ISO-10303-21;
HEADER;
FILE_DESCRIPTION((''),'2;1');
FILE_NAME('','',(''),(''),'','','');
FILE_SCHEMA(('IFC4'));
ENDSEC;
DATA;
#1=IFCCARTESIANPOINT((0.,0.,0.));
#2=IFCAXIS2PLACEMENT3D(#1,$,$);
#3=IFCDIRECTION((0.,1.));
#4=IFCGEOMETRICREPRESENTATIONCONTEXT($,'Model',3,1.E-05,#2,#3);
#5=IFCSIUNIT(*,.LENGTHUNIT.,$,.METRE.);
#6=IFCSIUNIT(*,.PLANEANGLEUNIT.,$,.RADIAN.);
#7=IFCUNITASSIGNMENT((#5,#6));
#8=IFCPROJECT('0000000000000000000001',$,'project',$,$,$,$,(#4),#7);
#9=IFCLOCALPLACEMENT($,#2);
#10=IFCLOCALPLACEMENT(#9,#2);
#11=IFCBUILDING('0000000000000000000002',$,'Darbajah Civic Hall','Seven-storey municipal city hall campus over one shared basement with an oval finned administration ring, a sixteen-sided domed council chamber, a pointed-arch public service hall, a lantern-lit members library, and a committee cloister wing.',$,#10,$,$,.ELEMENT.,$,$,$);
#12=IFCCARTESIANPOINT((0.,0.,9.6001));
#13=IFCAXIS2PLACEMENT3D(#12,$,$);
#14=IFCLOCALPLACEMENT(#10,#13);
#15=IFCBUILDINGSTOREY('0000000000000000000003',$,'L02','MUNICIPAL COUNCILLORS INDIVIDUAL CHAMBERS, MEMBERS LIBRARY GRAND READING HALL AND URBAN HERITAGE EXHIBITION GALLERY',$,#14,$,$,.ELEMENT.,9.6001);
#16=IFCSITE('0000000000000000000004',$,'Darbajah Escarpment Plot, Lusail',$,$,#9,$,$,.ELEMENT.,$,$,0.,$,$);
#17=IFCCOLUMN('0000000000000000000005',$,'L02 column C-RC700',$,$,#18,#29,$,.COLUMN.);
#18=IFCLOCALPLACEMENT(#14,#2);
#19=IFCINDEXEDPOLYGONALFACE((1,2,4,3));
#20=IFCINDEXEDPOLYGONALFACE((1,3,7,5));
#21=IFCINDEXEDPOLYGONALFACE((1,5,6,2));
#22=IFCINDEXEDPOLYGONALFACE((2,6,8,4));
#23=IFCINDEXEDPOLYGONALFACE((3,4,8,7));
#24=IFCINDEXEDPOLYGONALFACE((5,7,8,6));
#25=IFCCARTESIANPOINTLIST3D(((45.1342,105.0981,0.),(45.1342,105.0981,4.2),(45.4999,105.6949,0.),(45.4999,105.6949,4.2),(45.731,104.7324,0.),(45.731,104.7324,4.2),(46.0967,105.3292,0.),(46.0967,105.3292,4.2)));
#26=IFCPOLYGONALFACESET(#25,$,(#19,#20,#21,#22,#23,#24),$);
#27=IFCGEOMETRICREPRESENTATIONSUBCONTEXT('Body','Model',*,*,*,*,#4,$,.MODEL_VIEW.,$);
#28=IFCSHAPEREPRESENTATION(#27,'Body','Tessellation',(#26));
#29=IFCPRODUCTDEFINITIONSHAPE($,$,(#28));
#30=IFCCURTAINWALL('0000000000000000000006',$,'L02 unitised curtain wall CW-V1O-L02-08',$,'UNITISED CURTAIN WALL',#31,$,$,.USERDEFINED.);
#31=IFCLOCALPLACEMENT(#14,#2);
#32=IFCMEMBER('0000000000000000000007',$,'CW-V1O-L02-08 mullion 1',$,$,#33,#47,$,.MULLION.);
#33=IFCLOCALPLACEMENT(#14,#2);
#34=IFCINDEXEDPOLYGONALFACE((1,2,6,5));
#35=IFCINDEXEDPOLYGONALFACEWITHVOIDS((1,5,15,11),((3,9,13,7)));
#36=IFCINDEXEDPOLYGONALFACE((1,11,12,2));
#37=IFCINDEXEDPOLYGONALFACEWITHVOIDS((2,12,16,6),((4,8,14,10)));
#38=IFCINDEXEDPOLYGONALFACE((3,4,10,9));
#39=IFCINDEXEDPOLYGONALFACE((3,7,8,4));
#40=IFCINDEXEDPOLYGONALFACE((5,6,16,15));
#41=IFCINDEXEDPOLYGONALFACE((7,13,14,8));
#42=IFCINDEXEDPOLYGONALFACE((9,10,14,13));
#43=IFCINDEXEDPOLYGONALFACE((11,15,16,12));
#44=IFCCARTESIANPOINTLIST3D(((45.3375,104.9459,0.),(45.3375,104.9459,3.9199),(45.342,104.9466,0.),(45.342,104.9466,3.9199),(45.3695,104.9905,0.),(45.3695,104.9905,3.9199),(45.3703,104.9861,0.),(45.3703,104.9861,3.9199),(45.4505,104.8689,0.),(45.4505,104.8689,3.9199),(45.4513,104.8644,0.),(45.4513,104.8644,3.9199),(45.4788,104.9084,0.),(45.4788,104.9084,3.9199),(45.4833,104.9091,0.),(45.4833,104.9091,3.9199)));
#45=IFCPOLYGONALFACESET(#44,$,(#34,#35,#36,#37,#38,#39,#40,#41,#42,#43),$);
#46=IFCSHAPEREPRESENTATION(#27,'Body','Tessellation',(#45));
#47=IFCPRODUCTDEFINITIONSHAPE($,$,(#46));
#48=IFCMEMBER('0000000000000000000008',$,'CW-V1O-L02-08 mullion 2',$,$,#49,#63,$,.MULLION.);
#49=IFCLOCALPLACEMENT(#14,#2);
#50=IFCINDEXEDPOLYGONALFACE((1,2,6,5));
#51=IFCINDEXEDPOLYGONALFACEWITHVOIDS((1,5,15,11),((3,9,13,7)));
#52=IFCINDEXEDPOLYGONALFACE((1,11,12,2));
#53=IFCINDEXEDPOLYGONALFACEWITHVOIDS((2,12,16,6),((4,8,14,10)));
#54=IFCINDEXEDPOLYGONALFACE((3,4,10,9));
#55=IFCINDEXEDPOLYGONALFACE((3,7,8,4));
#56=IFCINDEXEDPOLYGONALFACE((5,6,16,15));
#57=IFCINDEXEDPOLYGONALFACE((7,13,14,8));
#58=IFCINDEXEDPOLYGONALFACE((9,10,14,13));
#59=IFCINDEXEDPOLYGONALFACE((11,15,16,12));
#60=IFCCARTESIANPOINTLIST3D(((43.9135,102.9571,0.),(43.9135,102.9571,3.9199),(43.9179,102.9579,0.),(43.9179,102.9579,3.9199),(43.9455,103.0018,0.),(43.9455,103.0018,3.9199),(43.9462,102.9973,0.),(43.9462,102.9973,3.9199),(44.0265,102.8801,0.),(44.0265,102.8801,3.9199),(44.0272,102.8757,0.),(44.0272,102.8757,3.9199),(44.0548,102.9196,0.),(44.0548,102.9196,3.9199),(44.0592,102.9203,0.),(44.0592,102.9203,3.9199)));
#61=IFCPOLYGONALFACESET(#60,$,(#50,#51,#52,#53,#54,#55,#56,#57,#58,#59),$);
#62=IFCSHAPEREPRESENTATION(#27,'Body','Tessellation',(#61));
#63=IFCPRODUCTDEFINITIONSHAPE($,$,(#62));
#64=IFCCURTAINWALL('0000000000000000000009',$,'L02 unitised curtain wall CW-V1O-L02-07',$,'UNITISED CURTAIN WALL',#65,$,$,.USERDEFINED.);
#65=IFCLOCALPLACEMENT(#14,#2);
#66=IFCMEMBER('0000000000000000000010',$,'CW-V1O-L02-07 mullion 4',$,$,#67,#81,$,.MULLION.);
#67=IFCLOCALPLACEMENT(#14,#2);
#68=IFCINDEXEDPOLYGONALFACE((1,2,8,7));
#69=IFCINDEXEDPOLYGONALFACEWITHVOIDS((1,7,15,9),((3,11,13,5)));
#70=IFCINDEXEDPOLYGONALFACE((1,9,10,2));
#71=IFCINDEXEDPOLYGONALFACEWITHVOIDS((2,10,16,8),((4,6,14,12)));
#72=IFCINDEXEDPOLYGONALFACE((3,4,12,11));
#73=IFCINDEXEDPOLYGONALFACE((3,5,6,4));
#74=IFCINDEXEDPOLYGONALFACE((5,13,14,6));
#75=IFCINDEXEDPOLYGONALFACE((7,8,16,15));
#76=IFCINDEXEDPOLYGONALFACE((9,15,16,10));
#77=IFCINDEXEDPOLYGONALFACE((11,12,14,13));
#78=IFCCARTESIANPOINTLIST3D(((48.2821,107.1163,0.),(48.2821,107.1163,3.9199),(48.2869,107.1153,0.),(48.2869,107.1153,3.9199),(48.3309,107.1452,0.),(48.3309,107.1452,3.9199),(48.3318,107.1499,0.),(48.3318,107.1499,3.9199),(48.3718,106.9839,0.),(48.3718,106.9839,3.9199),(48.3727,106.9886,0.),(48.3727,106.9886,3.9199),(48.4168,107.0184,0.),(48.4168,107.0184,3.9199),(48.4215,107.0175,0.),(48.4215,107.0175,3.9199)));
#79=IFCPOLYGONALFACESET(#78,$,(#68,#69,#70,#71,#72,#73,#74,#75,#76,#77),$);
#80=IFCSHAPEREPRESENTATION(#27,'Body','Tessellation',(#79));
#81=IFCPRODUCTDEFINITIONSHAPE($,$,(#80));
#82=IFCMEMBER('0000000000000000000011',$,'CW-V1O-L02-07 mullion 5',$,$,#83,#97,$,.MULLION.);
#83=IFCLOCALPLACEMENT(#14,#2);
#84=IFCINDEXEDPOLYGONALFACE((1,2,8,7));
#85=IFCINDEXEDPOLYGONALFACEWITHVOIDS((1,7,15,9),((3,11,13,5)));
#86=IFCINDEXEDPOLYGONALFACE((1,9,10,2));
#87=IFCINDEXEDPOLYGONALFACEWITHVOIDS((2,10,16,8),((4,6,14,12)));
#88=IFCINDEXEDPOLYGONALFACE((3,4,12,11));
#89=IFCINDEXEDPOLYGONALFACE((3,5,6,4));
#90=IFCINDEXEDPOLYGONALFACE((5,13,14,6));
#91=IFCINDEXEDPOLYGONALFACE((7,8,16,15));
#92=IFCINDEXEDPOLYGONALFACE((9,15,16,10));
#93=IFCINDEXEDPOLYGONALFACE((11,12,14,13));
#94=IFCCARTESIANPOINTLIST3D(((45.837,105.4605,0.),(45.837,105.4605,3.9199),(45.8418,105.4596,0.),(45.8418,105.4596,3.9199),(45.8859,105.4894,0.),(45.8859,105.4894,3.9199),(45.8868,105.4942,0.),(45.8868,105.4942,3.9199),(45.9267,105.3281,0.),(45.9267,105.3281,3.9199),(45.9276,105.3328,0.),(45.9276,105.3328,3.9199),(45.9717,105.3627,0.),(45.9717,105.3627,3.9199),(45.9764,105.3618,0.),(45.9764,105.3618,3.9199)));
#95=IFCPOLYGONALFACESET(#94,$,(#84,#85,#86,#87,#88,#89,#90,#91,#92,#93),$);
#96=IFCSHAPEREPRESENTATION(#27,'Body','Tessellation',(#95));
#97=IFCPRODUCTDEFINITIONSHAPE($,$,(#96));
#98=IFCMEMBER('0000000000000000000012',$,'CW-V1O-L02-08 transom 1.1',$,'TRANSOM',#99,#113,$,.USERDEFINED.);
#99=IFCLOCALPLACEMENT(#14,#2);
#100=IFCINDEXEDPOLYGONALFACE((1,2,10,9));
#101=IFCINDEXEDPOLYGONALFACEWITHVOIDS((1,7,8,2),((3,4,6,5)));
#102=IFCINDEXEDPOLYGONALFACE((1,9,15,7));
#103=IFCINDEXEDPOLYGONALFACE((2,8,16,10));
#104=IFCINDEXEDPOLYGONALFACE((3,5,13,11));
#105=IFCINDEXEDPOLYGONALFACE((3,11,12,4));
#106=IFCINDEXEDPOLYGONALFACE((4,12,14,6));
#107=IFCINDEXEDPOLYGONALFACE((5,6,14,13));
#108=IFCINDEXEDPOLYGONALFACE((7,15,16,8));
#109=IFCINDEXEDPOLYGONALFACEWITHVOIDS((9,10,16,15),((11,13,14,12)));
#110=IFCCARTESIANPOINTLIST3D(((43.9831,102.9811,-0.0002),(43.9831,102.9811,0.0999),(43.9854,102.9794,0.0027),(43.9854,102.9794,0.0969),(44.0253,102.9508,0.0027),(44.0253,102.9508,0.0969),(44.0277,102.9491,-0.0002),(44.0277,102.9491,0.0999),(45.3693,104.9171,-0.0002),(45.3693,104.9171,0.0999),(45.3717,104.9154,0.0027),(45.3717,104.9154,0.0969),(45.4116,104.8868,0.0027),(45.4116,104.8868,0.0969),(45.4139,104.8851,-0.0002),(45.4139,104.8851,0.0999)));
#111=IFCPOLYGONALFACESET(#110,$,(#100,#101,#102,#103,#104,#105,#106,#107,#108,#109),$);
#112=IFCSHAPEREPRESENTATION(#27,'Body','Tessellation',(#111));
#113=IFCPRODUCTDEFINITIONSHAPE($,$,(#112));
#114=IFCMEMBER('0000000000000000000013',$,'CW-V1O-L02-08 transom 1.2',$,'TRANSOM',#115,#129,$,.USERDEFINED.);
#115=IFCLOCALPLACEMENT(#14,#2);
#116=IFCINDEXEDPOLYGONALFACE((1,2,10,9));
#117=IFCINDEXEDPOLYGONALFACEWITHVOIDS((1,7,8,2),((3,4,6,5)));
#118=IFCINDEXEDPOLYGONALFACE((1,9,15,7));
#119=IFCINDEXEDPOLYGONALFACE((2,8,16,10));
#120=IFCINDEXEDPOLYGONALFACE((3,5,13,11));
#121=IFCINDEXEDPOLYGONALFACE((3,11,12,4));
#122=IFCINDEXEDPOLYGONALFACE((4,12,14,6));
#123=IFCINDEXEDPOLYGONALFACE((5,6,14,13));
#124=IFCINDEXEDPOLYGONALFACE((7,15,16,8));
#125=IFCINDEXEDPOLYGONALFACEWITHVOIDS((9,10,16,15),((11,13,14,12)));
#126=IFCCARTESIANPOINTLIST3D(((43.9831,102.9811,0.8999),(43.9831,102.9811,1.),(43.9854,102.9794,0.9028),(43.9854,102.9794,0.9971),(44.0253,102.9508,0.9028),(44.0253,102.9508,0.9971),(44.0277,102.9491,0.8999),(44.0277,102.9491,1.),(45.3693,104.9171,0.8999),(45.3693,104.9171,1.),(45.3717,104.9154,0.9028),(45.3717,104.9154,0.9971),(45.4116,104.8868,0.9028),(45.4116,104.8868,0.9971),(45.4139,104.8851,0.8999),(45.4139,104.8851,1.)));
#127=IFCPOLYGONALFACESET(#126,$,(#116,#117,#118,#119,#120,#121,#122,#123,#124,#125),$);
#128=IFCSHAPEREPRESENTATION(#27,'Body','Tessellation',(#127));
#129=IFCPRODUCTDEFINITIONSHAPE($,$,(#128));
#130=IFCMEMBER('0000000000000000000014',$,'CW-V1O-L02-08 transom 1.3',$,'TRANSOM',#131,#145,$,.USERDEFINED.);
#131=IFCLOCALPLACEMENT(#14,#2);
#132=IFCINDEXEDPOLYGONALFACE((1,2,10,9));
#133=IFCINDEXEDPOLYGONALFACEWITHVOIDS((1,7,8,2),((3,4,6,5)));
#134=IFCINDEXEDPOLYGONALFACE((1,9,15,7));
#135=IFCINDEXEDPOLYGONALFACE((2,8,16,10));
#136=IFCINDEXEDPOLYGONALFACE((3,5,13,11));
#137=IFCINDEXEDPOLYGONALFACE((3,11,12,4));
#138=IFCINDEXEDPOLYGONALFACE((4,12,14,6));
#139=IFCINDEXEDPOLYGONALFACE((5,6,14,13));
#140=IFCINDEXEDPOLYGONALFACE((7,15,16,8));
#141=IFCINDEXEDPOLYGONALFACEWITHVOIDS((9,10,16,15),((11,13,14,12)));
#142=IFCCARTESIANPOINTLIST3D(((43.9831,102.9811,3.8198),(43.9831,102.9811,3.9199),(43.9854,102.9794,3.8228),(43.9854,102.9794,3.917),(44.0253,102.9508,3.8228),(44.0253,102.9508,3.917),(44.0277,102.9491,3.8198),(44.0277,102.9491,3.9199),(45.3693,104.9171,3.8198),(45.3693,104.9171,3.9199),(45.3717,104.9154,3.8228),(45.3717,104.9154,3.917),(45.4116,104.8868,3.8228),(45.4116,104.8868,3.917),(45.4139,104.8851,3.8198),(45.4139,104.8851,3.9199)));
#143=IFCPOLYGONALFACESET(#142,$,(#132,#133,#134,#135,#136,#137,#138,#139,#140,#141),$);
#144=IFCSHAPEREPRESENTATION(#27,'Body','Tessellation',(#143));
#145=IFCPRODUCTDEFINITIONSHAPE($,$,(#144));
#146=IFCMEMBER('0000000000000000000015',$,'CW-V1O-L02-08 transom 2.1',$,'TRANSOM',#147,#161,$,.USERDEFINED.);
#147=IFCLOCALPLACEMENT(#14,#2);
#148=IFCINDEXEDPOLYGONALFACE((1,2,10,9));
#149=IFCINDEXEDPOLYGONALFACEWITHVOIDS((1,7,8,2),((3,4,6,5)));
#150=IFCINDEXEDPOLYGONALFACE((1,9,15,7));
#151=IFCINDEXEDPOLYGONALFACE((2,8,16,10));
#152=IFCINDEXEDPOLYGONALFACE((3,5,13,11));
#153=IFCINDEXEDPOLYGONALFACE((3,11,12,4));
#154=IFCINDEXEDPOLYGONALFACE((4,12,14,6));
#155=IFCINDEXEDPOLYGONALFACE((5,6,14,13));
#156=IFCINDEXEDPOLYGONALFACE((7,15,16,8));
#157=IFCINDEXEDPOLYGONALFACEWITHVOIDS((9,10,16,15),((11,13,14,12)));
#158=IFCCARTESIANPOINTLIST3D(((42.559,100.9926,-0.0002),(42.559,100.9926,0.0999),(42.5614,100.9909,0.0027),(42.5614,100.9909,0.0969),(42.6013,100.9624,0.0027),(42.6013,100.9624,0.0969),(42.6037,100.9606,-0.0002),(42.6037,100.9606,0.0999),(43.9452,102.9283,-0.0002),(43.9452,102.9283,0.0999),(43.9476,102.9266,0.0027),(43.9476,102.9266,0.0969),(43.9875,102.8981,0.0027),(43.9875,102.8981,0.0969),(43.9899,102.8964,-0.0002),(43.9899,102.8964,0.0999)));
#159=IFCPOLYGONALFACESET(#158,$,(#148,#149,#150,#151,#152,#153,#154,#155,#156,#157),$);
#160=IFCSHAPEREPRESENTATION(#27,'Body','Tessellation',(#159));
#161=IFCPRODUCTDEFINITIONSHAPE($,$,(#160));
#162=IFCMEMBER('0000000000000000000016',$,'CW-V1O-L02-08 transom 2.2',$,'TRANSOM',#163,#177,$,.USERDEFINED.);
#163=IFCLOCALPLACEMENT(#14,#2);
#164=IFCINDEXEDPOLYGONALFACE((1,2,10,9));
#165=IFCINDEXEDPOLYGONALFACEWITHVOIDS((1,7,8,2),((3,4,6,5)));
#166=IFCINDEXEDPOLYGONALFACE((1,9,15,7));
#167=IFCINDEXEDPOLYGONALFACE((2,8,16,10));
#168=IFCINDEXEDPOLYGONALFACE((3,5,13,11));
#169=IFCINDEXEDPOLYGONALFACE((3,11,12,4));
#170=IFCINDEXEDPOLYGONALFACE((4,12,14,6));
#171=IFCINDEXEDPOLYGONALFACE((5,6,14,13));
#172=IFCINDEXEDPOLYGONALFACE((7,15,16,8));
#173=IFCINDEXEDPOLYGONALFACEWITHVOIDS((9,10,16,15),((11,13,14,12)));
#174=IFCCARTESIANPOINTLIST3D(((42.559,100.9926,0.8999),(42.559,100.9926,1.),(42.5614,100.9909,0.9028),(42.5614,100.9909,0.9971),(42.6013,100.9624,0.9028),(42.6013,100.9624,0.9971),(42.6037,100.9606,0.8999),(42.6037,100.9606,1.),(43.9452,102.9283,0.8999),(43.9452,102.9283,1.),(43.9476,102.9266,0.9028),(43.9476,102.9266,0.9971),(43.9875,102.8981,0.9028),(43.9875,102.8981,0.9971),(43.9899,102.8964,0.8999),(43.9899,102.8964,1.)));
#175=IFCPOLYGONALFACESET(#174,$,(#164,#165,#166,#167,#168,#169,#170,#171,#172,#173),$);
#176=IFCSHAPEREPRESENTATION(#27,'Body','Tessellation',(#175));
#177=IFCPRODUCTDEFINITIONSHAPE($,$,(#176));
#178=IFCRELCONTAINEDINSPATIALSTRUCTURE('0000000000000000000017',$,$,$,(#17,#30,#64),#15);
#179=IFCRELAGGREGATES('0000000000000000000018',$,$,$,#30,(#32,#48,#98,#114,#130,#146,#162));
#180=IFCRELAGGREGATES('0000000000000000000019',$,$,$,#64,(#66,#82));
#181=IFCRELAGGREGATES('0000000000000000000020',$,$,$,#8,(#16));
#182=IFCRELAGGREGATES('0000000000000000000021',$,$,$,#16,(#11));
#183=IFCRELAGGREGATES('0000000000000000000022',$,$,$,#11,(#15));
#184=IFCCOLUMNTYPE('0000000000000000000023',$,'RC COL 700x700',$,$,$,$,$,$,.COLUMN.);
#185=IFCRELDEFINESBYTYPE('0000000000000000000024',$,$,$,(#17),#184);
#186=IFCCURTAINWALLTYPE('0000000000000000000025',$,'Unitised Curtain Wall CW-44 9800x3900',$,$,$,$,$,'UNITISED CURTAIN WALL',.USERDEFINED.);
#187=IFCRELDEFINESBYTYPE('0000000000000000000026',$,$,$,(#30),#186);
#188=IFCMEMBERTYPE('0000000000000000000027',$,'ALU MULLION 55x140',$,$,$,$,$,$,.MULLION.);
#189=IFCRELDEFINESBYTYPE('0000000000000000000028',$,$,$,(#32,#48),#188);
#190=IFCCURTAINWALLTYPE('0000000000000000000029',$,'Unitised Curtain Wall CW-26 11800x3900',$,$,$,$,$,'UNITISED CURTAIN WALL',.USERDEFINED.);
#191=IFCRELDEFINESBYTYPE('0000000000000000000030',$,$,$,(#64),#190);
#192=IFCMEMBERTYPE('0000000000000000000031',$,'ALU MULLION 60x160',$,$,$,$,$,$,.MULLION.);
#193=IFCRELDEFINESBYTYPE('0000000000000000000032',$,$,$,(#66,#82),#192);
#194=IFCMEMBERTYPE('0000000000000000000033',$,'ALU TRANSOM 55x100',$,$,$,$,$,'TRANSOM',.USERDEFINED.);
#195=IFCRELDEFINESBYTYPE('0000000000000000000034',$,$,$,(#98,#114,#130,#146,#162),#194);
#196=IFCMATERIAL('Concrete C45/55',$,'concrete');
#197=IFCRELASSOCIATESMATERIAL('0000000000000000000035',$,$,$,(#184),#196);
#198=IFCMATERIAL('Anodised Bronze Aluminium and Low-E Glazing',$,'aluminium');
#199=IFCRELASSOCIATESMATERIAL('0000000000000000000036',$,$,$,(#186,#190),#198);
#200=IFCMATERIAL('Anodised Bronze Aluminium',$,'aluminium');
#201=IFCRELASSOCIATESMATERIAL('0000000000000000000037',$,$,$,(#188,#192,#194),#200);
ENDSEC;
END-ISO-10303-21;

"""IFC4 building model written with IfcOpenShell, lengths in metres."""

from ifc_helpers import new_model, si_unit, direction, frame, origin, origin_2d, place, context, subcontext, project, spatial, rectangle, hollow_rectangle, extrude, material, material_profile, profile_set, type_object, element, aggregate, save


model = new_model("IFC4")

# Units and contexts
model_context = context("Model", 3, precision=1e-05, world=origin(), true_north=direction((0.0, 1.0)))
body_context = subcontext(model_context, "Body", "Model", "MODEL_VIEW")
ifc_project = project(units=[si_unit("LENGTHUNIT", "METRE"), si_unit("PLANEANGLEUNIT", "RADIAN")], contexts=[model_context])

# Site, building, storey
site_placement = place(None, origin())
site = spatial("IfcSite", under=ifc_project, at=site_placement, Name="Darbajah Escarpment Plot, Lusail", CompositionType="ELEMENT", RefElevation=0.0)
building_placement = place(site_placement, origin())
building = spatial("IfcBuilding", under=site, at=building_placement, Name="Darbajah Civic Hall", Description="Seven-storey municipal city hall campus over one shared basement with an oval finned administration ring, a sixteen-sided domed council chamber, a pointed-arch public service hall, a lantern-lit members library, and a committee cloister wing.", CompositionType="ELEMENT")
storey_placement = place(building_placement, frame((0.0, 0.0, 9.6001)))
storey = spatial("IfcBuildingStorey", under=building, at=storey_placement, Name="L02", Description="MUNICIPAL COUNCILLORS INDIVIDUAL CHAMBERS, MEMBERS LIBRARY GRAND READING HALL AND URBAN HERITAGE EXHIBITION GALLERY", CompositionType="ELEMENT", Elevation=9.6001)

# Column
ifc_material_1 = material(Name="Concrete C45/55", Category="concrete")
ifc_material_profile_1 = material_profile(ifc_material_1, rectangle(XDim=0.7, YDim=0.7, at=origin_2d()), Name="RC COL 700x700")
ifc_profile_set_1 = profile_set([ifc_material_profile_1], Name="Concrete C45/55")
column_type = type_object("IfcColumnType", Name="RC COL 700x700", PredefinedType="COLUMN", material=ifc_profile_set_1)
column_placement = place(storey_placement, frame((45.6155, 105.2136, 0.0), z_axis=(0.0, 0.0, 1.0), x_axis=(-0.85264, 0.522499, 0.0)))
element("IfcColumn", 1, at=column_placement, inside=storey, type_object=column_type, Name="L02 column C-RC700", PredefinedType="COLUMN", context=body_context, shape_type="SweptSolid", body=[
    extrude(rectangle(XDim=0.7, YDim=0.7, at=origin_2d()), origin(), (0.0, 0.0, 1.0), 4.2),
])

# Curtain walls, members
ifc_material_2 = material(Name="Anodised Bronze Aluminium and Low-E Glazing", Category="aluminium")
curtain_wall_type_1 = type_object("IfcCurtainWallType", Name="Unitised Curtain Wall CW-44 9800x3900", ElementType="UNITISED CURTAIN WALL", PredefinedType="USERDEFINED", material=ifc_material_2)
curtain_wall_1_placement = place(storey_placement, origin())
curtain_wall_1 = element("IfcCurtainWall", 2, at=curtain_wall_1_placement, inside=storey, type_object=curtain_wall_type_1, Name="L02 unitised curtain wall CW-V1O-L02-08", ObjectType="UNITISED CURTAIN WALL", PredefinedType="USERDEFINED")
ifc_material_3 = material(Name="Anodised Bronze Aluminium", Category="aluminium")
ifc_material_profile_2 = material_profile(ifc_material_3, hollow_rectangle(XDim=0.0549, YDim=0.1399, WallThickness=0.0032, at=origin_2d()), Name="ALU MULLION 55x140")
ifc_profile_set_2 = profile_set([ifc_material_profile_2], Name="Anodised Bronze Aluminium")
member_type_1 = type_object("IfcMemberType", Name="ALU MULLION 55x140", PredefinedType="MULLION", material=ifc_profile_set_2)
member_1_placement = place(storey_placement, frame((45.4104, 104.9275, 0.0), z_axis=(0.0, 0.0, 1.0), x_axis=(-0.582265, -0.812999, 0.0)))
member_1 = element("IfcMember", 3, at=member_1_placement, type_object=member_type_1, Name="CW-V1O-L02-08 mullion 1", PredefinedType="MULLION", context=body_context, shape_type="SweptSolid", body=[
    extrude(hollow_rectangle(XDim=0.0549, YDim=0.1399, WallThickness=0.0032, at=origin_2d()), origin(), (0.0, 0.0, 1.0), 3.9199),
])
member_2_placement = place(storey_placement, frame((43.9863, 102.9387, 0.0), z_axis=(0.0, 0.0, 1.0), x_axis=(-0.582265, -0.812999, 0.0)))
member_2 = element("IfcMember", 4, at=member_2_placement, type_object=member_type_1, Name="CW-V1O-L02-08 mullion 2", PredefinedType="MULLION", context=body_context, shape_type="SweptSolid", body=[
    extrude(hollow_rectangle(XDim=0.0549, YDim=0.1399, WallThickness=0.0032, at=origin_2d()), origin(), (0.0, 0.0, 1.0), 3.9199),
])
curtain_wall_type_2 = type_object("IfcCurtainWallType", Name="Unitised Curtain Wall CW-26 11800x3900", ElementType="UNITISED CURTAIN WALL", PredefinedType="USERDEFINED", material=ifc_material_2)
curtain_wall_2_placement = place(storey_placement, origin())
curtain_wall_2 = element("IfcCurtainWall", 5, at=curtain_wall_2_placement, inside=storey, type_object=curtain_wall_type_2, Name="L02 unitised curtain wall CW-V1O-L02-07", ObjectType="UNITISED CURTAIN WALL", PredefinedType="USERDEFINED")
ifc_material_profile_3 = material_profile(ifc_material_3, hollow_rectangle(XDim=0.0601, YDim=0.1599, WallThickness=0.0034, at=origin_2d()), Name="ALU MULLION 60x160")
ifc_profile_set_3 = profile_set([ifc_material_profile_3], Name="Anodised Bronze Aluminium")
member_type_2 = type_object("IfcMemberType", Name="ALU MULLION 60x160", PredefinedType="MULLION", material=ifc_profile_set_3)
member_3_placement = place(storey_placement, frame((48.3518, 107.0669, 0.0), z_axis=(0.0, 0.0, 1.0), x_axis=(-0.827962, -0.560784, 0.0)))
member_3 = element("IfcMember", 6, at=member_3_placement, type_object=member_type_2, Name="CW-V1O-L02-07 mullion 4", PredefinedType="MULLION", context=body_context, shape_type="SweptSolid", body=[
    extrude(hollow_rectangle(XDim=0.0601, YDim=0.1599, WallThickness=0.0034, at=origin_2d()), origin(), (0.0, 0.0, 1.0), 3.9199),
])
member_4_placement = place(storey_placement, frame((45.9067, 105.4111, 0.0), z_axis=(0.0, 0.0, 1.0), x_axis=(-0.827962, -0.560784, 0.0)))
member_4 = element("IfcMember", 7, at=member_4_placement, type_object=member_type_2, Name="CW-V1O-L02-07 mullion 5", PredefinedType="MULLION", context=body_context, shape_type="SweptSolid", body=[
    extrude(hollow_rectangle(XDim=0.0601, YDim=0.1599, WallThickness=0.0034, at=origin_2d()), origin(), (0.0, 0.0, 1.0), 3.9199),
])

# Members
ifc_material_profile_4 = material_profile(ifc_material_3, hollow_rectangle(XDim=0.0549, YDim=0.1001, WallThickness=0.0029, at=origin_2d()), Name="ALU TRANSOM 55x100")
ifc_profile_set_4 = profile_set([ifc_material_profile_4], Name="Anodised Bronze Aluminium")
member_type_3 = type_object("IfcMemberType", Name="ALU TRANSOM 55x100", ElementType="TRANSOM", PredefinedType="USERDEFINED", material=ifc_profile_set_4)
member_5_placement = place(storey_placement, frame((45.3916, 104.9011, 0.0498), z_axis=(-0.582169, -0.813068, 0.0), x_axis=(0.813068, -0.582169, 0.0)))
member_5 = element("IfcMember", 8, at=member_5_placement, type_object=member_type_3, Name="CW-V1O-L02-08 transom 1.1", ObjectType="TRANSOM", PredefinedType="USERDEFINED", context=body_context, shape_type="SweptSolid", body=[
    extrude(hollow_rectangle(XDim=0.0549, YDim=0.1001, WallThickness=0.0029, at=origin_2d()), origin(), (0.0, 0.0, 1.0), 2.3811),
])
member_6_placement = place(storey_placement, frame((45.3916, 104.9011, 0.95), z_axis=(-0.582169, -0.813068, 0.0), x_axis=(0.813068, -0.582169, 0.0)))
member_6 = element("IfcMember", 9, at=member_6_placement, type_object=member_type_3, Name="CW-V1O-L02-08 transom 1.2", ObjectType="TRANSOM", PredefinedType="USERDEFINED", context=body_context, shape_type="SweptSolid", body=[
    extrude(hollow_rectangle(XDim=0.0549, YDim=0.1001, WallThickness=0.0029, at=origin_2d()), origin(), (0.0, 0.0, 1.0), 2.3811),
])
member_7_placement = place(storey_placement, frame((45.3916, 104.9011, 3.8699), z_axis=(-0.582169, -0.813068, 0.0), x_axis=(0.813068, -0.582169, 0.0)))
member_7 = element("IfcMember", 10, at=member_7_placement, type_object=member_type_3, Name="CW-V1O-L02-08 transom 1.3", ObjectType="TRANSOM", PredefinedType="USERDEFINED", context=body_context, shape_type="SweptSolid", body=[
    extrude(hollow_rectangle(XDim=0.0549, YDim=0.1001, WallThickness=0.0029, at=origin_2d()), origin(), (0.0, 0.0, 1.0), 2.3811),
])
member_8_placement = place(storey_placement, frame((43.9675, 102.9124, 0.0498), z_axis=(-0.582217, -0.813033, 0.0), x_axis=(0.813033, -0.582217, 0.0)))
member_8 = element("IfcMember", 11, at=member_8_placement, type_object=member_type_3, Name="CW-V1O-L02-08 transom 2.1", ObjectType="TRANSOM", PredefinedType="USERDEFINED", context=body_context, shape_type="SweptSolid", body=[
    extrude(hollow_rectangle(XDim=0.0549, YDim=0.1001, WallThickness=0.0029, at=origin_2d()), origin(), (0.0, 0.0, 1.0), 2.3809),
])
member_9_placement = place(storey_placement, frame((43.9675, 102.9124, 0.95), z_axis=(-0.582217, -0.813033, 0.0), x_axis=(0.813033, -0.582217, 0.0)))
member_9 = element("IfcMember", 12, at=member_9_placement, type_object=member_type_3, Name="CW-V1O-L02-08 transom 2.2", ObjectType="TRANSOM", PredefinedType="USERDEFINED", context=body_context, shape_type="SweptSolid", body=[
    extrude(hollow_rectangle(XDim=0.0549, YDim=0.1001, WallThickness=0.0029, at=origin_2d()), origin(), (0.0, 0.0, 1.0), 2.3809),
])

aggregate(curtain_wall_1, [member_1, member_2, member_5, member_6, member_7, member_8, member_9])
aggregate(curtain_wall_2, [member_3, member_4])

save(model, "model.ifc")
